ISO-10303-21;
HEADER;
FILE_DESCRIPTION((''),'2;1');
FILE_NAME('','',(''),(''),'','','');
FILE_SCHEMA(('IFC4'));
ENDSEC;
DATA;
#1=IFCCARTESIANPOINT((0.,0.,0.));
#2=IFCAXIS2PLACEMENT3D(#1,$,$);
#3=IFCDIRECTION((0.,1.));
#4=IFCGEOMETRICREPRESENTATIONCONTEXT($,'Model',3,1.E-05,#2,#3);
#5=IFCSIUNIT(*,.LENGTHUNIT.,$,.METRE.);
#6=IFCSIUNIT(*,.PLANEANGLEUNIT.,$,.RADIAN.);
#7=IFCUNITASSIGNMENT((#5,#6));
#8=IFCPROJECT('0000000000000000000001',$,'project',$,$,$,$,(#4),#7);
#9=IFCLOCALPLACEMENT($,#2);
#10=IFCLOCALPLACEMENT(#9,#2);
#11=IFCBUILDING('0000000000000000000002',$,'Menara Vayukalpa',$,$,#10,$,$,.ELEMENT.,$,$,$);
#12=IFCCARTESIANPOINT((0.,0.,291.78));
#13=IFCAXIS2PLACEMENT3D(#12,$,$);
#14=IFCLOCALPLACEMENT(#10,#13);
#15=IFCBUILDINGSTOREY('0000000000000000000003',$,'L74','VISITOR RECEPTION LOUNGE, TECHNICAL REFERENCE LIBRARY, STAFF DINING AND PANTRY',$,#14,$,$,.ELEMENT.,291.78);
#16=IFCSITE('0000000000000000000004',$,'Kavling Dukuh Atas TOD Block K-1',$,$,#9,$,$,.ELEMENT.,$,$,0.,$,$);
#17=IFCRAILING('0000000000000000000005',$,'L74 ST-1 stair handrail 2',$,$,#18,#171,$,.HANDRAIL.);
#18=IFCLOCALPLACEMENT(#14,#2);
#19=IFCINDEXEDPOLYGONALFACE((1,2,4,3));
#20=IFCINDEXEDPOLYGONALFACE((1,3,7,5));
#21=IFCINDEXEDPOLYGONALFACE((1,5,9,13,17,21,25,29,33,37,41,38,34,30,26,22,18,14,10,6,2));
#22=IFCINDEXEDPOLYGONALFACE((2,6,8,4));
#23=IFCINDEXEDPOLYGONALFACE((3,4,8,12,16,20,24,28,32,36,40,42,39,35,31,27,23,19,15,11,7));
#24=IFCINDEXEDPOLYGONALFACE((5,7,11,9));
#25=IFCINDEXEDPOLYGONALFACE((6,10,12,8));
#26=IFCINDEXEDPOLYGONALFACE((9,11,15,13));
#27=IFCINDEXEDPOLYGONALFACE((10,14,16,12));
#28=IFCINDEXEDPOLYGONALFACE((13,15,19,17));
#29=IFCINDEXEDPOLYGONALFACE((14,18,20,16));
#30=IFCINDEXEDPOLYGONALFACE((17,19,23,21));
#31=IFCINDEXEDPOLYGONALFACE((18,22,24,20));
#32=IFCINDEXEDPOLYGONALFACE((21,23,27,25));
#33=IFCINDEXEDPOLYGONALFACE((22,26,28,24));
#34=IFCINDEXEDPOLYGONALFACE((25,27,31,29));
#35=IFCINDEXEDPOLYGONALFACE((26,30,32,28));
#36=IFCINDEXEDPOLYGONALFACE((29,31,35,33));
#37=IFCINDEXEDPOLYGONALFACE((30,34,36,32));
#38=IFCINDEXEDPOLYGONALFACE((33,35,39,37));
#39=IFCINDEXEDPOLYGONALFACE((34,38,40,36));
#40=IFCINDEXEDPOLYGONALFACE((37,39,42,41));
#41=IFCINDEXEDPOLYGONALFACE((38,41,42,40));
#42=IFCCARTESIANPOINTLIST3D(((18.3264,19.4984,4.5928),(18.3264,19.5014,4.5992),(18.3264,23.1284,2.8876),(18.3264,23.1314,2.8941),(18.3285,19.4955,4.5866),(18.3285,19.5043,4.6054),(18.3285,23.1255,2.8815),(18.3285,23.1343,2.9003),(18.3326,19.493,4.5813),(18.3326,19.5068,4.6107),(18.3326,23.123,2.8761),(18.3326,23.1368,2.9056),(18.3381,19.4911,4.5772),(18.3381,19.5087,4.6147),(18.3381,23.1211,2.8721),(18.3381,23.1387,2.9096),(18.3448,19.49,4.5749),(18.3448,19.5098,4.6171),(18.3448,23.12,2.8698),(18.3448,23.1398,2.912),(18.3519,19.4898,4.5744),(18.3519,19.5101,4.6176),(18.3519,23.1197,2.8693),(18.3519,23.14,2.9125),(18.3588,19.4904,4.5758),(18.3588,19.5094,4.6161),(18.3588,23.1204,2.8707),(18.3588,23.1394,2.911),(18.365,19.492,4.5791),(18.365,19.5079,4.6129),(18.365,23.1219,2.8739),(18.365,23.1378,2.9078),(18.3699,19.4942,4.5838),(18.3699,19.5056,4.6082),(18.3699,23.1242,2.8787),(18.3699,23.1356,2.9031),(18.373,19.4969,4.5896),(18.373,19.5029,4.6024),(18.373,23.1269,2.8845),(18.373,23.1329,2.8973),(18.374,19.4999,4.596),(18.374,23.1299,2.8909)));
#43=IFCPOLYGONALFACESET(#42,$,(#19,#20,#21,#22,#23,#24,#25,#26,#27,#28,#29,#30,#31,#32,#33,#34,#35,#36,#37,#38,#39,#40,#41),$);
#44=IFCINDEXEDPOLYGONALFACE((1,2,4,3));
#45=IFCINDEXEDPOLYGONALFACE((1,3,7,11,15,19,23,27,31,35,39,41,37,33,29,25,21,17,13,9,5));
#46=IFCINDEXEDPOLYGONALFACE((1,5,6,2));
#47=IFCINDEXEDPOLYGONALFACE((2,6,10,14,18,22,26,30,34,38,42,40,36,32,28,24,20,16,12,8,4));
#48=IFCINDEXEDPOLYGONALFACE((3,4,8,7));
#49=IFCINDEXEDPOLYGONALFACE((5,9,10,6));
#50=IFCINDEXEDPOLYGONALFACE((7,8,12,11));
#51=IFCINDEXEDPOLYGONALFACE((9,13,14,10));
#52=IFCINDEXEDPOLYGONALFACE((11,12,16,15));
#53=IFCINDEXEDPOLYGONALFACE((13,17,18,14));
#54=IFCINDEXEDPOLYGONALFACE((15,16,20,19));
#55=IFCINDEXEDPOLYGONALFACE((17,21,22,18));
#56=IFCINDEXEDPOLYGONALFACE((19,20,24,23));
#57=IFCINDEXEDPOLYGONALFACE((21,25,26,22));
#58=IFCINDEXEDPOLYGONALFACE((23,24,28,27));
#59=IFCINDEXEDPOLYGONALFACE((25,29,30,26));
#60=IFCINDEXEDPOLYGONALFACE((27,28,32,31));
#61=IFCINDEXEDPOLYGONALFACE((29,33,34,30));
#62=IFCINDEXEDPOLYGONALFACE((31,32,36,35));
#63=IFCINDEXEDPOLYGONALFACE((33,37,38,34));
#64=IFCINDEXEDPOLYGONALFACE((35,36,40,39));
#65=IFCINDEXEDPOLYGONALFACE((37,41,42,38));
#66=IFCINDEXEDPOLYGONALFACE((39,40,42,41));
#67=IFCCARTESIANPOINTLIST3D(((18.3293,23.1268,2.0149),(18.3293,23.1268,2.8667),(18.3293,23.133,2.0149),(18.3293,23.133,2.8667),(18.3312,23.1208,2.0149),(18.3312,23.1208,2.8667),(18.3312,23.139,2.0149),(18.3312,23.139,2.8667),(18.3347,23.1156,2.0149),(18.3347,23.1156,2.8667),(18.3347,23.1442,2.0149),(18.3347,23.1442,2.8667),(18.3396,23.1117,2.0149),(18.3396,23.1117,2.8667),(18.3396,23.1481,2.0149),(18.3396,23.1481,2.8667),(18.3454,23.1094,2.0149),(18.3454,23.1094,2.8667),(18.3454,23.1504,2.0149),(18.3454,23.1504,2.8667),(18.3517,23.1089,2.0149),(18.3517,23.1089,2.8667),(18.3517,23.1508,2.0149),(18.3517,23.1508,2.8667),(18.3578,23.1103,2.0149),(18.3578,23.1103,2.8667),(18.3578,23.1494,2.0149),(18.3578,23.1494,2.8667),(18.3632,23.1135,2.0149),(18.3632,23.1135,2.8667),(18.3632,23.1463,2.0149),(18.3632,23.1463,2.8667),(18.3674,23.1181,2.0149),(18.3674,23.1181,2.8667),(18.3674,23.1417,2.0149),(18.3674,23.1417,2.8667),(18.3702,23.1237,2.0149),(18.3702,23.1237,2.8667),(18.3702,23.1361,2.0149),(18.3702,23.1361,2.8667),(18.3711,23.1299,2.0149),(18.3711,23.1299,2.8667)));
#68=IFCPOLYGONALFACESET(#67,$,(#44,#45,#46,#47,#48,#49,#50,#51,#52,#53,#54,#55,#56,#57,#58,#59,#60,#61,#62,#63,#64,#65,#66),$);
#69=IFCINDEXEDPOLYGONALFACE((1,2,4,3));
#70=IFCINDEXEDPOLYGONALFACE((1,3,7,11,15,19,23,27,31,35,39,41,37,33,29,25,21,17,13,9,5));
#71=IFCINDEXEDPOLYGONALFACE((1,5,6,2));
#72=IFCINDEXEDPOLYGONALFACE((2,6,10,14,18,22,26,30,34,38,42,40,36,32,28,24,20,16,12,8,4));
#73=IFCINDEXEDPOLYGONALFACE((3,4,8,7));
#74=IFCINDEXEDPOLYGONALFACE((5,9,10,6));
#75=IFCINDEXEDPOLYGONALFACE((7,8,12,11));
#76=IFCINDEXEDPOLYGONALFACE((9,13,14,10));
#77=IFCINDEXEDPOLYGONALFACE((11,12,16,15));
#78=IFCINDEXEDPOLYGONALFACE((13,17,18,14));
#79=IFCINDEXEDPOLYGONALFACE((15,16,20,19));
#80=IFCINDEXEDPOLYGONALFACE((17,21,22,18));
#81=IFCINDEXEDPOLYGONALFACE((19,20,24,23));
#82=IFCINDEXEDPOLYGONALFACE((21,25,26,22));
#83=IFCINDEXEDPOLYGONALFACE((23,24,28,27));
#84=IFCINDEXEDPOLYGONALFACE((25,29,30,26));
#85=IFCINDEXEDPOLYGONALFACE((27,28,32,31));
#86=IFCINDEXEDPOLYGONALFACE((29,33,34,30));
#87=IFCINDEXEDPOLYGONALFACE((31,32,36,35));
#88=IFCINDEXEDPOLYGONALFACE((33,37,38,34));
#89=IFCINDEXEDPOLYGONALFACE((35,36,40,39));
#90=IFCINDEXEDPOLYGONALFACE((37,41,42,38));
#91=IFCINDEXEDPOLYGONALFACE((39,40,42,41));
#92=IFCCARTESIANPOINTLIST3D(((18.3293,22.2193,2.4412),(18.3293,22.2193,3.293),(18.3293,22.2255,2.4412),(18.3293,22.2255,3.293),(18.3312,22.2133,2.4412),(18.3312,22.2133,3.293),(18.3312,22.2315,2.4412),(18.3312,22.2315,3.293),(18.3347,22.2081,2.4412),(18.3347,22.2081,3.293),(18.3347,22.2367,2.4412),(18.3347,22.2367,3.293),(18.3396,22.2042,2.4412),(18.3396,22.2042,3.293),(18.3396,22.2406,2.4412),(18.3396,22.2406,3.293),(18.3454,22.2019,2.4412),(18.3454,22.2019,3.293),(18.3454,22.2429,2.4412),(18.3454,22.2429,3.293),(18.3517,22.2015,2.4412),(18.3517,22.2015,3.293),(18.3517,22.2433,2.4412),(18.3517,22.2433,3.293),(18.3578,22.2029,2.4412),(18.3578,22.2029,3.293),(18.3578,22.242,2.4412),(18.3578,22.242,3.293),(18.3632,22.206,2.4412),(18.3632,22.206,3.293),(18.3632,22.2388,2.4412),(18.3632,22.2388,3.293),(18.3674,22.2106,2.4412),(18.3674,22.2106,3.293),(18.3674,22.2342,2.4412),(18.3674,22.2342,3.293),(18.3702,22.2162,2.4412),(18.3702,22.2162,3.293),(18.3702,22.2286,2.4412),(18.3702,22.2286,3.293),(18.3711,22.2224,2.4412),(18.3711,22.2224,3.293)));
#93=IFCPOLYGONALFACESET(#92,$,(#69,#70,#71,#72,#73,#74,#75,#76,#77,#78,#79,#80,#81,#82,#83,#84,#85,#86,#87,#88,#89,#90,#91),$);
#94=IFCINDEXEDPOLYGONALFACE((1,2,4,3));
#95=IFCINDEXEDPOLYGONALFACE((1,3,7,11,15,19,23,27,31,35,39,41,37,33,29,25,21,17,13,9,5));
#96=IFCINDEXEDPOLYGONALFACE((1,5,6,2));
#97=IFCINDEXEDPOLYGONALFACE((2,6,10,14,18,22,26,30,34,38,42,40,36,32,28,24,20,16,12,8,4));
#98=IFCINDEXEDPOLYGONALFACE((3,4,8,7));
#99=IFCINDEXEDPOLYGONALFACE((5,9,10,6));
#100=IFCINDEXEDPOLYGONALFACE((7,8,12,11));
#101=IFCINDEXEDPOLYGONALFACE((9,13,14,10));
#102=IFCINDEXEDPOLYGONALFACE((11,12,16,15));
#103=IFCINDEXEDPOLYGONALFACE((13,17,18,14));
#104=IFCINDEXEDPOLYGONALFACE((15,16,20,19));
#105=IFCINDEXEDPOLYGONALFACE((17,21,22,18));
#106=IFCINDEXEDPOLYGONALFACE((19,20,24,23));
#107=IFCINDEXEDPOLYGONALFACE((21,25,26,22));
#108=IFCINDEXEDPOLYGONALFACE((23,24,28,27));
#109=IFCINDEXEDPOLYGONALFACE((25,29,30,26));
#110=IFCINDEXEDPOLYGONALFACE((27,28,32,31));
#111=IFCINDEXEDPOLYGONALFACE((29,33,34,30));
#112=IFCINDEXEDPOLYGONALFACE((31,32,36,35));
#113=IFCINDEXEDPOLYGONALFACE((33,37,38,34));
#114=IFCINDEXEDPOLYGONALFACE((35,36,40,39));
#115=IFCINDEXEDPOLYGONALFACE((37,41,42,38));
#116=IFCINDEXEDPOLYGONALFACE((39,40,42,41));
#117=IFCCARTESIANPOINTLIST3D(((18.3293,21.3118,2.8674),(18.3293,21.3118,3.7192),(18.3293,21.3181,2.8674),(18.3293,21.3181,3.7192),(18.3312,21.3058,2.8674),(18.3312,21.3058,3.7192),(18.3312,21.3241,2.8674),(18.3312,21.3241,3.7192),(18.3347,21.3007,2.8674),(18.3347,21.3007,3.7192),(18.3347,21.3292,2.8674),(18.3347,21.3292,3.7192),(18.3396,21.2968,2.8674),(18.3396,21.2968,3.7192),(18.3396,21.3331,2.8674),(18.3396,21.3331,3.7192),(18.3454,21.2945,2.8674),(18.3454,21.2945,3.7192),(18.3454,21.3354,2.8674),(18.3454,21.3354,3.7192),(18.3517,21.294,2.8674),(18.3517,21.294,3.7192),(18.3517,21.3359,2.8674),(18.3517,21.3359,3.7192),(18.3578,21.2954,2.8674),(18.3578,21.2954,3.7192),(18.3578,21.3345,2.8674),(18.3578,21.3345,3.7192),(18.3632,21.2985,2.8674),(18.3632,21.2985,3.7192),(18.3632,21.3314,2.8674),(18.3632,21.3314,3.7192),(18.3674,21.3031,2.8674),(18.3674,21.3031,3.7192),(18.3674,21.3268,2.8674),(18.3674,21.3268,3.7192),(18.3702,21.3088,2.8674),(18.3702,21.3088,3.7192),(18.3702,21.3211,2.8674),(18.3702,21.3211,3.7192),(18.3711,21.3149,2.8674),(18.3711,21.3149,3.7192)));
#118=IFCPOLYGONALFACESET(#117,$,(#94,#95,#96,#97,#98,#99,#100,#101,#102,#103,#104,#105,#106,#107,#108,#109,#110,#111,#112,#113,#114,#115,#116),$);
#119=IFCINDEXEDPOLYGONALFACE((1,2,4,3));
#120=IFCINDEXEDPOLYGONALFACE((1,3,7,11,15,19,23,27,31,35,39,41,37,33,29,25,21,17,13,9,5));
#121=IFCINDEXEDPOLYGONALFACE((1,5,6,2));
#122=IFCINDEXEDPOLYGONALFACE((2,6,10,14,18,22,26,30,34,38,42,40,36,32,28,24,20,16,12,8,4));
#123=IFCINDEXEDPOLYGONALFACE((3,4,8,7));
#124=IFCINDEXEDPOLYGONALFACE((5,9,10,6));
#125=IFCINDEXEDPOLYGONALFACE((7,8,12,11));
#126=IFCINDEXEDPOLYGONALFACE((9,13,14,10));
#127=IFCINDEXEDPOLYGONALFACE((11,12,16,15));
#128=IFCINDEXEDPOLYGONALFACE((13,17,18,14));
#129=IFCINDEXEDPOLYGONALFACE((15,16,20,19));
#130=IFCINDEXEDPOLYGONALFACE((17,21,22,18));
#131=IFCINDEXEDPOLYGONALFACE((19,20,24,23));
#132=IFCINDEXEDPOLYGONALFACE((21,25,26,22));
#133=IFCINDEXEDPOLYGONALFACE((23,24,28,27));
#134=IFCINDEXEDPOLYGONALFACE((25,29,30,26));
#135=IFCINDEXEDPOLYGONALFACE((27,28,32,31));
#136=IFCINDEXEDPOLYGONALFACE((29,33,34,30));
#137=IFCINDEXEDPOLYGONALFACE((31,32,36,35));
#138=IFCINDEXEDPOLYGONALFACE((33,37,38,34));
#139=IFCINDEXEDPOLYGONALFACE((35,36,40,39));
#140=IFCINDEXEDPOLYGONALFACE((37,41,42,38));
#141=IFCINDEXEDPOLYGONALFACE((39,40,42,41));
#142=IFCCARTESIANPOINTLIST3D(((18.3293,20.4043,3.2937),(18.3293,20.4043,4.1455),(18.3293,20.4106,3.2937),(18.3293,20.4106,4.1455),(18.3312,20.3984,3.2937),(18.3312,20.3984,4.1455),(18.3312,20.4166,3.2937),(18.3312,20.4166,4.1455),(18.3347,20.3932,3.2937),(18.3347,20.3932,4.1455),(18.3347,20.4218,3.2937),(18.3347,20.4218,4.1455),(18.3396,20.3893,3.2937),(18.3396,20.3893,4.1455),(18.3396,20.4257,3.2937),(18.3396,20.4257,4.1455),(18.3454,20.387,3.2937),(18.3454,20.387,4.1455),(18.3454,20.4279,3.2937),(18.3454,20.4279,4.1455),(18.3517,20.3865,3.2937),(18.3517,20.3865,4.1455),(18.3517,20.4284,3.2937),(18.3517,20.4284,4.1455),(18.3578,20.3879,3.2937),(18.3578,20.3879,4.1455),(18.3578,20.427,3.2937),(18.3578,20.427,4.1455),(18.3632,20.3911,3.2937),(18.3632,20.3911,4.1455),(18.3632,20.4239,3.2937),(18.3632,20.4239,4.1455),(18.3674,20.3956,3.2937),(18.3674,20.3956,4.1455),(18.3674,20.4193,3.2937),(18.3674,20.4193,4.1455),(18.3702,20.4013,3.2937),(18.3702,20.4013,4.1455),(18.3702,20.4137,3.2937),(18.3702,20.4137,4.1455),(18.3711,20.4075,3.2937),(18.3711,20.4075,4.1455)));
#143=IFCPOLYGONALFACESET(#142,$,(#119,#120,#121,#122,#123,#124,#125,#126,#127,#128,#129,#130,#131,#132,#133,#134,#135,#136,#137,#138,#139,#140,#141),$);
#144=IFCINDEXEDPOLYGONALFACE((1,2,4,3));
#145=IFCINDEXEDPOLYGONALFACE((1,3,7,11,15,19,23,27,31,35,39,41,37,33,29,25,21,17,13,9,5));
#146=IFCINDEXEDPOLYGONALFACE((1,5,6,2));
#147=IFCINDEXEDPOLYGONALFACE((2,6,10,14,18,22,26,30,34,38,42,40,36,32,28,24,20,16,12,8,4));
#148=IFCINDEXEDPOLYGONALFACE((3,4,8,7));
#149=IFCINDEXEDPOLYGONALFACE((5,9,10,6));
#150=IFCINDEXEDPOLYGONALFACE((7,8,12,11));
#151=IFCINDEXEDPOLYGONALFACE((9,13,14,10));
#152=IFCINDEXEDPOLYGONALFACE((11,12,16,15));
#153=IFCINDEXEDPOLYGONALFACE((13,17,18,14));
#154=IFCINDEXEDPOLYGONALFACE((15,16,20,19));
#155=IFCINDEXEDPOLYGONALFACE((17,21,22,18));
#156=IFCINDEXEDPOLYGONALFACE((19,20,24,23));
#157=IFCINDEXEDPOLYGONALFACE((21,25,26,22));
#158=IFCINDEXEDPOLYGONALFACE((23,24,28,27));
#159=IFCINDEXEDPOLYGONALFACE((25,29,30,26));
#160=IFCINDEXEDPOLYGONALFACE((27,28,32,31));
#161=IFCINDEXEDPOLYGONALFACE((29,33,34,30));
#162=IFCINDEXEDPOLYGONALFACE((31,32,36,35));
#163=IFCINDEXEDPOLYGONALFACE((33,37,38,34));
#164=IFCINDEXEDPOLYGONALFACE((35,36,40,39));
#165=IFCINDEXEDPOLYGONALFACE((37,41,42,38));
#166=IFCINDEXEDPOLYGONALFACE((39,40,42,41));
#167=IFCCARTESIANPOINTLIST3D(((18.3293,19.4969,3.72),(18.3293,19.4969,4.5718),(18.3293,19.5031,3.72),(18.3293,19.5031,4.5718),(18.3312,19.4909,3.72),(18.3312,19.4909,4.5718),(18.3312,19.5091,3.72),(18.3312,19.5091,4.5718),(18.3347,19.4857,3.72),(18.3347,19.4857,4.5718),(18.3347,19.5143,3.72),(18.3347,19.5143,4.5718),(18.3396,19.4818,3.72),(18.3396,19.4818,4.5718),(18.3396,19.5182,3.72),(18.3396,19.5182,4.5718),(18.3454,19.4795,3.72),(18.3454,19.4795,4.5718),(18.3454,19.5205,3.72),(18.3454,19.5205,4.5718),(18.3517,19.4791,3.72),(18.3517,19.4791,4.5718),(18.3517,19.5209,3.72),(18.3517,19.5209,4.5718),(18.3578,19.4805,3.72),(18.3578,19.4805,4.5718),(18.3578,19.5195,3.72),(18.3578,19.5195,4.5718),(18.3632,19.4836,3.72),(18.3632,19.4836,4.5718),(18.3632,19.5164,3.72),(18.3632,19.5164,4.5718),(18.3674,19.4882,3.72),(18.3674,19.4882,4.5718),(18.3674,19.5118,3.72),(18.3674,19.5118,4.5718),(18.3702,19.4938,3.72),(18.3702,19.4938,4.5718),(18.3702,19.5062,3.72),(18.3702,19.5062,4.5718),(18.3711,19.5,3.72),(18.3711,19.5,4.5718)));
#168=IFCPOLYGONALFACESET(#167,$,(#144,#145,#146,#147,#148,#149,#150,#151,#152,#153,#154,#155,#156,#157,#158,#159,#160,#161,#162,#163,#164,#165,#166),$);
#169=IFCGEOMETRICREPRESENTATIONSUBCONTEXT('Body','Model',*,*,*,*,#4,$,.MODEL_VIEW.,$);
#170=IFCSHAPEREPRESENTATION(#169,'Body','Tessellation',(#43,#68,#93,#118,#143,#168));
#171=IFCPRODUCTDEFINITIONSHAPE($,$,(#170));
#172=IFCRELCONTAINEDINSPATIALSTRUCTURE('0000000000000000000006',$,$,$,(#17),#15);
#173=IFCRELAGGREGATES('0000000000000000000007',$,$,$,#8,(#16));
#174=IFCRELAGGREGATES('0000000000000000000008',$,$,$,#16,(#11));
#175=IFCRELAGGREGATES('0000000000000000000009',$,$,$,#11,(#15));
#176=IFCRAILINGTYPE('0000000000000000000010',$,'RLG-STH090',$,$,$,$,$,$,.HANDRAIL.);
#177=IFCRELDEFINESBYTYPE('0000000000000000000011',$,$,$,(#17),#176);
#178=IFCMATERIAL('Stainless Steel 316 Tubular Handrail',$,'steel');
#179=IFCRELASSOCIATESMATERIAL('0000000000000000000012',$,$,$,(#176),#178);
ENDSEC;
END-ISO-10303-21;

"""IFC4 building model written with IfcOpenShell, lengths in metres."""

from ifc_helpers import new_model, si_unit, direction, frame, origin, origin_2d, place, context, subcontext, project, spatial, circle, extrude, material, type_object, element, save


model = new_model("IFC4")

# Units and contexts
model_context = context("Model", 3, precision=1e-05, world=origin(), true_north=direction((0.0, 1.0)))
body_context = subcontext(model_context, "Body", "Model", "MODEL_VIEW")
ifc_project = project(units=[si_unit("LENGTHUNIT", "METRE"), si_unit("PLANEANGLEUNIT", "RADIAN")], contexts=[model_context])

# Site, building, storey
site_placement = place(None, origin())
site = spatial("IfcSite", under=ifc_project, at=site_placement, Name="Kavling Dukuh Atas TOD Block K-1", CompositionType="ELEMENT", RefElevation=0.0)
building_placement = place(site_placement, origin())
building = spatial("IfcBuilding", under=site, at=building_placement, Name="Menara Vayukalpa", CompositionType="ELEMENT")
storey_placement = place(building_placement, frame((0.0, 0.0, 291.78)))
storey = spatial("IfcBuildingStorey", under=building, at=storey_placement, Name="L74", Description="VISITOR RECEPTION LOUNGE, TECHNICAL REFERENCE LIBRARY, STAFF DINING AND PANTRY", CompositionType="ELEMENT", Elevation=291.78)

# Railing
ifc_material_1 = material(Name="Stainless Steel 316 Tubular Handrail", Category="steel")
railing_type_1 = type_object("IfcRailingType", Name="RLG-STH090", PredefinedType="HANDRAIL", material=ifc_material_1)
railing_1_placement = place(storey_placement, frame((18.3501, 23.1299, 2.0149)))
element("IfcRailing", 1, at=railing_1_placement, inside=storey, type_object=railing_type_1, Name="L74 ST-1 stair handrail 2", PredefinedType="HANDRAIL", context=body_context, shape_type="SweptSolid", body=[
    extrude(circle(Radius=0.0239, at=origin_2d()), frame((0.0, 0.0, 0.876), z_axis=(0.0, -0.905116, 0.425164), x_axis=(1.0, 0.0, 0.0)), (0.0, 0.0, 1.0), 4.0105),
    extrude(circle(Radius=0.021, at=origin_2d()), origin(), (0.0, 0.0, 1.0), 0.8518),
    extrude(circle(Radius=0.021, at=origin_2d()), frame((0.0, -0.9075, 0.4263)), (0.0, 0.0, 1.0), 0.8518),
    extrude(circle(Radius=0.021, at=origin_2d()), frame((0.0, -1.8149, 0.8525)), (0.0, 0.0, 1.0), 0.8518),
    extrude(circle(Radius=0.021, at=origin_2d()), frame((0.0, -2.7224, 1.2788)), (0.0, 0.0, 1.0), 0.8518),
    extrude(circle(Radius=0.021, at=origin_2d()), frame((0.0, -3.6299, 1.7051)), (0.0, 0.0, 1.0), 0.8518),
])

save(model, "model.ifc")
